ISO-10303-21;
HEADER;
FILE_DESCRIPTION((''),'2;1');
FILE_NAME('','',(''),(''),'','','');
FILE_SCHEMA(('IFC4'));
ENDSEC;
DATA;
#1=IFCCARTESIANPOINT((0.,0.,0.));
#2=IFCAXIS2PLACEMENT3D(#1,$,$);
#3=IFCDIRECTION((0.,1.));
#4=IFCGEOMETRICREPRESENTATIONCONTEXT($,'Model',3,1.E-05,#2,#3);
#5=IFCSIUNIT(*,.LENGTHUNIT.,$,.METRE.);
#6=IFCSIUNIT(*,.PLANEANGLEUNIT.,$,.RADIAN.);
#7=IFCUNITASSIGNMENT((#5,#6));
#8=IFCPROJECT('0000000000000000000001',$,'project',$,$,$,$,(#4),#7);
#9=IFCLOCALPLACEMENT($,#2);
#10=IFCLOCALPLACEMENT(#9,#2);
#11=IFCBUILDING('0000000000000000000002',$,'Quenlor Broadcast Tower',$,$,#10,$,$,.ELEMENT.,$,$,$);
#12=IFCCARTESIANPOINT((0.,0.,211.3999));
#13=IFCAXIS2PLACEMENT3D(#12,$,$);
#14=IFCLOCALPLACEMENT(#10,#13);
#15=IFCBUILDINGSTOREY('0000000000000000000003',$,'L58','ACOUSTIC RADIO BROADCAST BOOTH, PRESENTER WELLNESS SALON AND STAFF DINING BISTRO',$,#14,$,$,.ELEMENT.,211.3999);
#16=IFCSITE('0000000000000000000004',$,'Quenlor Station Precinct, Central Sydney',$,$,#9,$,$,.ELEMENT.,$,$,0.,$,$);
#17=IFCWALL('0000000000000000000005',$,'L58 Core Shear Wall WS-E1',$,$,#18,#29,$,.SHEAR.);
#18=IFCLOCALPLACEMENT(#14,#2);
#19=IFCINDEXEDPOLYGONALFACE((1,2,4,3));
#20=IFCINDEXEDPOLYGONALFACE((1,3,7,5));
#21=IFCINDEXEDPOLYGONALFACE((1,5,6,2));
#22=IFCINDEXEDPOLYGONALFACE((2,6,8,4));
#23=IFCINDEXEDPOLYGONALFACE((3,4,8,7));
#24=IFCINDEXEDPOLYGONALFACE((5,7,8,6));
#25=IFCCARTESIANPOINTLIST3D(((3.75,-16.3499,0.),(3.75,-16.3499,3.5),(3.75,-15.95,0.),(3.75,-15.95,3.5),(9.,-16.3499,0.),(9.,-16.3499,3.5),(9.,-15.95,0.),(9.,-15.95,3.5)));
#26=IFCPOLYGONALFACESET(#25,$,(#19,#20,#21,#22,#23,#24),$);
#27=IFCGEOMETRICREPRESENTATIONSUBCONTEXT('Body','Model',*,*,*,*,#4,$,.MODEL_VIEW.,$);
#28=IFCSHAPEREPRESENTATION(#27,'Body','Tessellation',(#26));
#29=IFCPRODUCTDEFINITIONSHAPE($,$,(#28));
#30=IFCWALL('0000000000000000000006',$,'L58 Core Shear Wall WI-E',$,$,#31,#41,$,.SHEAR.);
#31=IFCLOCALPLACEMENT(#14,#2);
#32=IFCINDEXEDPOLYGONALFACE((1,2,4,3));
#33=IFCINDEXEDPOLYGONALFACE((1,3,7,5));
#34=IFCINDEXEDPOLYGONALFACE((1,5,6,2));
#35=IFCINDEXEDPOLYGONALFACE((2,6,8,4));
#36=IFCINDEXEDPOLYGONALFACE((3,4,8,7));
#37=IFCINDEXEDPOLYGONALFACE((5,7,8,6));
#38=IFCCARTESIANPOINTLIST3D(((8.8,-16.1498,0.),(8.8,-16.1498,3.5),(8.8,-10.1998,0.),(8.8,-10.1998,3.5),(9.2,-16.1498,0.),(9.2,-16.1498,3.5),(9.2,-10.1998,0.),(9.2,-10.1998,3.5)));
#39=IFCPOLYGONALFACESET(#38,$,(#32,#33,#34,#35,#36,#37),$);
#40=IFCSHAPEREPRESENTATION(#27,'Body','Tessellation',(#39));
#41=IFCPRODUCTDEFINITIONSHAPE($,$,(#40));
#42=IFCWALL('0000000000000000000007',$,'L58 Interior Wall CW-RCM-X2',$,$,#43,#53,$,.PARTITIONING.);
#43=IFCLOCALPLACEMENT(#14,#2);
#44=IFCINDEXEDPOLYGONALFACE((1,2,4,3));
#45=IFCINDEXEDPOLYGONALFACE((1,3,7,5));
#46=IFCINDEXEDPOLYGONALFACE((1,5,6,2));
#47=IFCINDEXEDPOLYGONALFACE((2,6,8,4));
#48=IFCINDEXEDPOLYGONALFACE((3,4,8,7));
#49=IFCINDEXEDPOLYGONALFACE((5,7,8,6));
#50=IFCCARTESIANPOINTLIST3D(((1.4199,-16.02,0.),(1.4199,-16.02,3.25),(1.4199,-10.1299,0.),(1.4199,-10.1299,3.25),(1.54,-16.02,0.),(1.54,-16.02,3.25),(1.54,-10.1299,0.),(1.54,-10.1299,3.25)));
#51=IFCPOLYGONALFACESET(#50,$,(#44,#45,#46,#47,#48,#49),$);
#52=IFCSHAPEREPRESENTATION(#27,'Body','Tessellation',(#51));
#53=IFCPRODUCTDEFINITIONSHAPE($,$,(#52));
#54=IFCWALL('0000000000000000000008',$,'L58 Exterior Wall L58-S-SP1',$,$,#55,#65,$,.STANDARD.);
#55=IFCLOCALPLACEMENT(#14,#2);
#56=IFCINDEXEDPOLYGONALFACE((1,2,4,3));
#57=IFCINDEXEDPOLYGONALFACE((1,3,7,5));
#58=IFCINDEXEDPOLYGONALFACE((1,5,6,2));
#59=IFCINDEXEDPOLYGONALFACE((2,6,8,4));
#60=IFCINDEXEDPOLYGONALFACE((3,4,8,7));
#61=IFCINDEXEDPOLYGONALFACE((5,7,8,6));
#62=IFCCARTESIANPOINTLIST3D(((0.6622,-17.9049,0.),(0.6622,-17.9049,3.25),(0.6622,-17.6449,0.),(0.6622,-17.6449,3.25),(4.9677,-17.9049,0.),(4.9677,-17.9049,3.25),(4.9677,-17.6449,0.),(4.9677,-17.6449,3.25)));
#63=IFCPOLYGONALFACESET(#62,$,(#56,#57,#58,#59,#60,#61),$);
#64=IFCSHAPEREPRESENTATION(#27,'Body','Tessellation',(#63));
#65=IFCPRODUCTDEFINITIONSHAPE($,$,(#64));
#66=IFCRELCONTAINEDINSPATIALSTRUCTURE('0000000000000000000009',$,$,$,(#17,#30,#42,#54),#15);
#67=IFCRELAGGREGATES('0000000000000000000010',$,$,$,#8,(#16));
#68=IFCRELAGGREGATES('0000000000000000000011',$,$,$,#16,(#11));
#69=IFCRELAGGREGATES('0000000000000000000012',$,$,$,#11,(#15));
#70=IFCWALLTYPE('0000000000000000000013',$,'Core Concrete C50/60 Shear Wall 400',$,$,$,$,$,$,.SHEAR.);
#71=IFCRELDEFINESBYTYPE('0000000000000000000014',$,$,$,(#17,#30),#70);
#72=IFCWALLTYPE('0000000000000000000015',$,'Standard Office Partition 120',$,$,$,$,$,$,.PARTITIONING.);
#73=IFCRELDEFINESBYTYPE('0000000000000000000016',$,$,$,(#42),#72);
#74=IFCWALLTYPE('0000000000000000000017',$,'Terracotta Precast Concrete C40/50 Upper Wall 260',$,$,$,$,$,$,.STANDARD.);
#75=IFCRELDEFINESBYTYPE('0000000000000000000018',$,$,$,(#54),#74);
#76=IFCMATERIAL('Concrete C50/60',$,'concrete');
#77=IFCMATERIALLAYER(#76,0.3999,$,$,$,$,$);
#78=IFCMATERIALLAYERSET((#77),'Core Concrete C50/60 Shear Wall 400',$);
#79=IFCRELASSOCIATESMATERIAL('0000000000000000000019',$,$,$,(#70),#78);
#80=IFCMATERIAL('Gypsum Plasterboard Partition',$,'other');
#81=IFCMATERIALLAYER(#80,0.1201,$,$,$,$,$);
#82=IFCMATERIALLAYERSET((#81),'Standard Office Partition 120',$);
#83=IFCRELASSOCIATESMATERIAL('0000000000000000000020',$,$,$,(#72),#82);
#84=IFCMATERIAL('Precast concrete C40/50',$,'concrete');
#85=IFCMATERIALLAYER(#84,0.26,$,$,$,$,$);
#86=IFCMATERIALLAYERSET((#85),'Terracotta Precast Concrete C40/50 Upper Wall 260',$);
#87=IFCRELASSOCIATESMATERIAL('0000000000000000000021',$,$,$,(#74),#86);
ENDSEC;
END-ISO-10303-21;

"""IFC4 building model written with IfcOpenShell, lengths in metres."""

from ifc_helpers import new_model, si_unit, direction, frame, frame_2d, origin, place, context, subcontext, project, spatial, rectangle, extrude, material, layer, layer_set, type_object, element, save


model = new_model("IFC4")

# Units and contexts
model_context = context("Model", 3, precision=1e-05, world=origin(), true_north=direction((0.0, 1.0)))
body_context = subcontext(model_context, "Body", "Model", "MODEL_VIEW")
ifc_project = project(units=[si_unit("LENGTHUNIT", "METRE"), si_unit("PLANEANGLEUNIT", "RADIAN")], contexts=[model_context])

# Site, building, storey
site_placement = place(None, origin())
site = spatial("IfcSite", under=ifc_project, at=site_placement, Name="Quenlor Station Precinct, Central Sydney", CompositionType="ELEMENT", RefElevation=0.0)
building_placement = place(site_placement, origin())
building = spatial("IfcBuilding", under=site, at=building_placement, Name="Quenlor Broadcast Tower", CompositionType="ELEMENT")
storey_placement = place(building_placement, frame((0.0, 0.0, 211.3999)))
storey = spatial("IfcBuildingStorey", under=building, at=storey_placement, Name="L58", Description="ACOUSTIC RADIO BROADCAST BOOTH, PRESENTER WELLNESS SALON AND STAFF DINING BISTRO", CompositionType="ELEMENT", Elevation=211.3999)

# Walls
ifc_material_1 = material(Name="Concrete C50/60", Category="concrete")
ifc_layer_1 = layer(ifc_material_1, 0.3999)
ifc_layer_set_1 = layer_set([ifc_layer_1], Name="Core Concrete C50/60 Shear Wall 400")
wall_type_1 = type_object("IfcWallType", Name="Core Concrete C50/60 Shear Wall 400", PredefinedType="SHEAR", material=ifc_layer_set_1)
wall_1_placement = place(storey_placement, frame((3.75, -16.1499, 0.0), z_axis=(0.0, 0.0, 1.0), x_axis=(1.0, 0.0, 0.0)))
element("IfcWall", 1, at=wall_1_placement, inside=storey, type_object=wall_type_1, Name="L58 Core Shear Wall WS-E1", PredefinedType="SHEAR", context=body_context, shape_type="SweptSolid", body=[
    extrude(rectangle(XDim=5.25, YDim=0.3999, at=frame_2d((2.625, 0.0))), origin(), (0.0, 0.0, 1.0), 3.5),
])
wall_2_placement = place(storey_placement, frame((9.0, -16.1499, 0.0), z_axis=(0.0, 0.0, 1.0), x_axis=(0.0, 1.0, 0.0)))
element("IfcWall", 2, at=wall_2_placement, inside=storey, type_object=wall_type_1, Name="L58 Core Shear Wall WI-E", PredefinedType="SHEAR", context=body_context, shape_type="SweptSolid", body=[
    extrude(rectangle(XDim=5.95, YDim=0.3999, at=frame_2d((2.9751, 0.0))), origin(), (0.0, 0.0, 1.0), 3.5),
])
ifc_material_2 = material(Name="Gypsum Plasterboard Partition", Category="other")
ifc_layer_2 = layer(ifc_material_2, 0.1201)
ifc_layer_set_2 = layer_set([ifc_layer_2], Name="Standard Office Partition 120")
wall_type_2 = type_object("IfcWallType", Name="Standard Office Partition 120", PredefinedType="PARTITIONING", material=ifc_layer_set_2)
wall_3_placement = place(storey_placement, frame((1.48, -16.02, 0.0), z_axis=(0.0, 0.0, 1.0), x_axis=(0.0, 1.0, 0.0)))
element("IfcWall", 3, at=wall_3_placement, inside=storey, type_object=wall_type_2, Name="L58 Interior Wall CW-RCM-X2", PredefinedType="PARTITIONING", context=body_context, shape_type="SweptSolid", body=[
    extrude(rectangle(XDim=5.8901, YDim=0.1201, at=frame_2d((2.9451, 0.0))), origin(), (0.0, 0.0, 1.0), 3.25),
])
ifc_material_3 = material(Name="Precast concrete C40/50", Category="concrete")
ifc_layer_3 = layer(ifc_material_3, 0.26)
ifc_layer_set_3 = layer_set([ifc_layer_3], Name="Terracotta Precast Concrete C40/50 Upper Wall 260")
wall_type_3 = type_object("IfcWallType", Name="Terracotta Precast Concrete C40/50 Upper Wall 260", PredefinedType="STANDARD", material=ifc_layer_set_3)
wall_4_placement = place(storey_placement, frame((4.9678, -17.7749, 0.0), z_axis=(0.0, 0.0, 1.0), x_axis=(-1.0, 0.0, 0.0)))
element("IfcWall", 4, at=wall_4_placement, inside=storey, type_object=wall_type_3, Name="L58 Exterior Wall L58-S-SP1", PredefinedType="STANDARD", context=body_context, shape_type="SweptSolid", body=[
    extrude(rectangle(XDim=4.3054, YDim=0.26, at=frame_2d((2.1528, 0.0))), origin(), (0.0, 0.0, 1.0), 3.25),
])

save(model, "model.ifc")
